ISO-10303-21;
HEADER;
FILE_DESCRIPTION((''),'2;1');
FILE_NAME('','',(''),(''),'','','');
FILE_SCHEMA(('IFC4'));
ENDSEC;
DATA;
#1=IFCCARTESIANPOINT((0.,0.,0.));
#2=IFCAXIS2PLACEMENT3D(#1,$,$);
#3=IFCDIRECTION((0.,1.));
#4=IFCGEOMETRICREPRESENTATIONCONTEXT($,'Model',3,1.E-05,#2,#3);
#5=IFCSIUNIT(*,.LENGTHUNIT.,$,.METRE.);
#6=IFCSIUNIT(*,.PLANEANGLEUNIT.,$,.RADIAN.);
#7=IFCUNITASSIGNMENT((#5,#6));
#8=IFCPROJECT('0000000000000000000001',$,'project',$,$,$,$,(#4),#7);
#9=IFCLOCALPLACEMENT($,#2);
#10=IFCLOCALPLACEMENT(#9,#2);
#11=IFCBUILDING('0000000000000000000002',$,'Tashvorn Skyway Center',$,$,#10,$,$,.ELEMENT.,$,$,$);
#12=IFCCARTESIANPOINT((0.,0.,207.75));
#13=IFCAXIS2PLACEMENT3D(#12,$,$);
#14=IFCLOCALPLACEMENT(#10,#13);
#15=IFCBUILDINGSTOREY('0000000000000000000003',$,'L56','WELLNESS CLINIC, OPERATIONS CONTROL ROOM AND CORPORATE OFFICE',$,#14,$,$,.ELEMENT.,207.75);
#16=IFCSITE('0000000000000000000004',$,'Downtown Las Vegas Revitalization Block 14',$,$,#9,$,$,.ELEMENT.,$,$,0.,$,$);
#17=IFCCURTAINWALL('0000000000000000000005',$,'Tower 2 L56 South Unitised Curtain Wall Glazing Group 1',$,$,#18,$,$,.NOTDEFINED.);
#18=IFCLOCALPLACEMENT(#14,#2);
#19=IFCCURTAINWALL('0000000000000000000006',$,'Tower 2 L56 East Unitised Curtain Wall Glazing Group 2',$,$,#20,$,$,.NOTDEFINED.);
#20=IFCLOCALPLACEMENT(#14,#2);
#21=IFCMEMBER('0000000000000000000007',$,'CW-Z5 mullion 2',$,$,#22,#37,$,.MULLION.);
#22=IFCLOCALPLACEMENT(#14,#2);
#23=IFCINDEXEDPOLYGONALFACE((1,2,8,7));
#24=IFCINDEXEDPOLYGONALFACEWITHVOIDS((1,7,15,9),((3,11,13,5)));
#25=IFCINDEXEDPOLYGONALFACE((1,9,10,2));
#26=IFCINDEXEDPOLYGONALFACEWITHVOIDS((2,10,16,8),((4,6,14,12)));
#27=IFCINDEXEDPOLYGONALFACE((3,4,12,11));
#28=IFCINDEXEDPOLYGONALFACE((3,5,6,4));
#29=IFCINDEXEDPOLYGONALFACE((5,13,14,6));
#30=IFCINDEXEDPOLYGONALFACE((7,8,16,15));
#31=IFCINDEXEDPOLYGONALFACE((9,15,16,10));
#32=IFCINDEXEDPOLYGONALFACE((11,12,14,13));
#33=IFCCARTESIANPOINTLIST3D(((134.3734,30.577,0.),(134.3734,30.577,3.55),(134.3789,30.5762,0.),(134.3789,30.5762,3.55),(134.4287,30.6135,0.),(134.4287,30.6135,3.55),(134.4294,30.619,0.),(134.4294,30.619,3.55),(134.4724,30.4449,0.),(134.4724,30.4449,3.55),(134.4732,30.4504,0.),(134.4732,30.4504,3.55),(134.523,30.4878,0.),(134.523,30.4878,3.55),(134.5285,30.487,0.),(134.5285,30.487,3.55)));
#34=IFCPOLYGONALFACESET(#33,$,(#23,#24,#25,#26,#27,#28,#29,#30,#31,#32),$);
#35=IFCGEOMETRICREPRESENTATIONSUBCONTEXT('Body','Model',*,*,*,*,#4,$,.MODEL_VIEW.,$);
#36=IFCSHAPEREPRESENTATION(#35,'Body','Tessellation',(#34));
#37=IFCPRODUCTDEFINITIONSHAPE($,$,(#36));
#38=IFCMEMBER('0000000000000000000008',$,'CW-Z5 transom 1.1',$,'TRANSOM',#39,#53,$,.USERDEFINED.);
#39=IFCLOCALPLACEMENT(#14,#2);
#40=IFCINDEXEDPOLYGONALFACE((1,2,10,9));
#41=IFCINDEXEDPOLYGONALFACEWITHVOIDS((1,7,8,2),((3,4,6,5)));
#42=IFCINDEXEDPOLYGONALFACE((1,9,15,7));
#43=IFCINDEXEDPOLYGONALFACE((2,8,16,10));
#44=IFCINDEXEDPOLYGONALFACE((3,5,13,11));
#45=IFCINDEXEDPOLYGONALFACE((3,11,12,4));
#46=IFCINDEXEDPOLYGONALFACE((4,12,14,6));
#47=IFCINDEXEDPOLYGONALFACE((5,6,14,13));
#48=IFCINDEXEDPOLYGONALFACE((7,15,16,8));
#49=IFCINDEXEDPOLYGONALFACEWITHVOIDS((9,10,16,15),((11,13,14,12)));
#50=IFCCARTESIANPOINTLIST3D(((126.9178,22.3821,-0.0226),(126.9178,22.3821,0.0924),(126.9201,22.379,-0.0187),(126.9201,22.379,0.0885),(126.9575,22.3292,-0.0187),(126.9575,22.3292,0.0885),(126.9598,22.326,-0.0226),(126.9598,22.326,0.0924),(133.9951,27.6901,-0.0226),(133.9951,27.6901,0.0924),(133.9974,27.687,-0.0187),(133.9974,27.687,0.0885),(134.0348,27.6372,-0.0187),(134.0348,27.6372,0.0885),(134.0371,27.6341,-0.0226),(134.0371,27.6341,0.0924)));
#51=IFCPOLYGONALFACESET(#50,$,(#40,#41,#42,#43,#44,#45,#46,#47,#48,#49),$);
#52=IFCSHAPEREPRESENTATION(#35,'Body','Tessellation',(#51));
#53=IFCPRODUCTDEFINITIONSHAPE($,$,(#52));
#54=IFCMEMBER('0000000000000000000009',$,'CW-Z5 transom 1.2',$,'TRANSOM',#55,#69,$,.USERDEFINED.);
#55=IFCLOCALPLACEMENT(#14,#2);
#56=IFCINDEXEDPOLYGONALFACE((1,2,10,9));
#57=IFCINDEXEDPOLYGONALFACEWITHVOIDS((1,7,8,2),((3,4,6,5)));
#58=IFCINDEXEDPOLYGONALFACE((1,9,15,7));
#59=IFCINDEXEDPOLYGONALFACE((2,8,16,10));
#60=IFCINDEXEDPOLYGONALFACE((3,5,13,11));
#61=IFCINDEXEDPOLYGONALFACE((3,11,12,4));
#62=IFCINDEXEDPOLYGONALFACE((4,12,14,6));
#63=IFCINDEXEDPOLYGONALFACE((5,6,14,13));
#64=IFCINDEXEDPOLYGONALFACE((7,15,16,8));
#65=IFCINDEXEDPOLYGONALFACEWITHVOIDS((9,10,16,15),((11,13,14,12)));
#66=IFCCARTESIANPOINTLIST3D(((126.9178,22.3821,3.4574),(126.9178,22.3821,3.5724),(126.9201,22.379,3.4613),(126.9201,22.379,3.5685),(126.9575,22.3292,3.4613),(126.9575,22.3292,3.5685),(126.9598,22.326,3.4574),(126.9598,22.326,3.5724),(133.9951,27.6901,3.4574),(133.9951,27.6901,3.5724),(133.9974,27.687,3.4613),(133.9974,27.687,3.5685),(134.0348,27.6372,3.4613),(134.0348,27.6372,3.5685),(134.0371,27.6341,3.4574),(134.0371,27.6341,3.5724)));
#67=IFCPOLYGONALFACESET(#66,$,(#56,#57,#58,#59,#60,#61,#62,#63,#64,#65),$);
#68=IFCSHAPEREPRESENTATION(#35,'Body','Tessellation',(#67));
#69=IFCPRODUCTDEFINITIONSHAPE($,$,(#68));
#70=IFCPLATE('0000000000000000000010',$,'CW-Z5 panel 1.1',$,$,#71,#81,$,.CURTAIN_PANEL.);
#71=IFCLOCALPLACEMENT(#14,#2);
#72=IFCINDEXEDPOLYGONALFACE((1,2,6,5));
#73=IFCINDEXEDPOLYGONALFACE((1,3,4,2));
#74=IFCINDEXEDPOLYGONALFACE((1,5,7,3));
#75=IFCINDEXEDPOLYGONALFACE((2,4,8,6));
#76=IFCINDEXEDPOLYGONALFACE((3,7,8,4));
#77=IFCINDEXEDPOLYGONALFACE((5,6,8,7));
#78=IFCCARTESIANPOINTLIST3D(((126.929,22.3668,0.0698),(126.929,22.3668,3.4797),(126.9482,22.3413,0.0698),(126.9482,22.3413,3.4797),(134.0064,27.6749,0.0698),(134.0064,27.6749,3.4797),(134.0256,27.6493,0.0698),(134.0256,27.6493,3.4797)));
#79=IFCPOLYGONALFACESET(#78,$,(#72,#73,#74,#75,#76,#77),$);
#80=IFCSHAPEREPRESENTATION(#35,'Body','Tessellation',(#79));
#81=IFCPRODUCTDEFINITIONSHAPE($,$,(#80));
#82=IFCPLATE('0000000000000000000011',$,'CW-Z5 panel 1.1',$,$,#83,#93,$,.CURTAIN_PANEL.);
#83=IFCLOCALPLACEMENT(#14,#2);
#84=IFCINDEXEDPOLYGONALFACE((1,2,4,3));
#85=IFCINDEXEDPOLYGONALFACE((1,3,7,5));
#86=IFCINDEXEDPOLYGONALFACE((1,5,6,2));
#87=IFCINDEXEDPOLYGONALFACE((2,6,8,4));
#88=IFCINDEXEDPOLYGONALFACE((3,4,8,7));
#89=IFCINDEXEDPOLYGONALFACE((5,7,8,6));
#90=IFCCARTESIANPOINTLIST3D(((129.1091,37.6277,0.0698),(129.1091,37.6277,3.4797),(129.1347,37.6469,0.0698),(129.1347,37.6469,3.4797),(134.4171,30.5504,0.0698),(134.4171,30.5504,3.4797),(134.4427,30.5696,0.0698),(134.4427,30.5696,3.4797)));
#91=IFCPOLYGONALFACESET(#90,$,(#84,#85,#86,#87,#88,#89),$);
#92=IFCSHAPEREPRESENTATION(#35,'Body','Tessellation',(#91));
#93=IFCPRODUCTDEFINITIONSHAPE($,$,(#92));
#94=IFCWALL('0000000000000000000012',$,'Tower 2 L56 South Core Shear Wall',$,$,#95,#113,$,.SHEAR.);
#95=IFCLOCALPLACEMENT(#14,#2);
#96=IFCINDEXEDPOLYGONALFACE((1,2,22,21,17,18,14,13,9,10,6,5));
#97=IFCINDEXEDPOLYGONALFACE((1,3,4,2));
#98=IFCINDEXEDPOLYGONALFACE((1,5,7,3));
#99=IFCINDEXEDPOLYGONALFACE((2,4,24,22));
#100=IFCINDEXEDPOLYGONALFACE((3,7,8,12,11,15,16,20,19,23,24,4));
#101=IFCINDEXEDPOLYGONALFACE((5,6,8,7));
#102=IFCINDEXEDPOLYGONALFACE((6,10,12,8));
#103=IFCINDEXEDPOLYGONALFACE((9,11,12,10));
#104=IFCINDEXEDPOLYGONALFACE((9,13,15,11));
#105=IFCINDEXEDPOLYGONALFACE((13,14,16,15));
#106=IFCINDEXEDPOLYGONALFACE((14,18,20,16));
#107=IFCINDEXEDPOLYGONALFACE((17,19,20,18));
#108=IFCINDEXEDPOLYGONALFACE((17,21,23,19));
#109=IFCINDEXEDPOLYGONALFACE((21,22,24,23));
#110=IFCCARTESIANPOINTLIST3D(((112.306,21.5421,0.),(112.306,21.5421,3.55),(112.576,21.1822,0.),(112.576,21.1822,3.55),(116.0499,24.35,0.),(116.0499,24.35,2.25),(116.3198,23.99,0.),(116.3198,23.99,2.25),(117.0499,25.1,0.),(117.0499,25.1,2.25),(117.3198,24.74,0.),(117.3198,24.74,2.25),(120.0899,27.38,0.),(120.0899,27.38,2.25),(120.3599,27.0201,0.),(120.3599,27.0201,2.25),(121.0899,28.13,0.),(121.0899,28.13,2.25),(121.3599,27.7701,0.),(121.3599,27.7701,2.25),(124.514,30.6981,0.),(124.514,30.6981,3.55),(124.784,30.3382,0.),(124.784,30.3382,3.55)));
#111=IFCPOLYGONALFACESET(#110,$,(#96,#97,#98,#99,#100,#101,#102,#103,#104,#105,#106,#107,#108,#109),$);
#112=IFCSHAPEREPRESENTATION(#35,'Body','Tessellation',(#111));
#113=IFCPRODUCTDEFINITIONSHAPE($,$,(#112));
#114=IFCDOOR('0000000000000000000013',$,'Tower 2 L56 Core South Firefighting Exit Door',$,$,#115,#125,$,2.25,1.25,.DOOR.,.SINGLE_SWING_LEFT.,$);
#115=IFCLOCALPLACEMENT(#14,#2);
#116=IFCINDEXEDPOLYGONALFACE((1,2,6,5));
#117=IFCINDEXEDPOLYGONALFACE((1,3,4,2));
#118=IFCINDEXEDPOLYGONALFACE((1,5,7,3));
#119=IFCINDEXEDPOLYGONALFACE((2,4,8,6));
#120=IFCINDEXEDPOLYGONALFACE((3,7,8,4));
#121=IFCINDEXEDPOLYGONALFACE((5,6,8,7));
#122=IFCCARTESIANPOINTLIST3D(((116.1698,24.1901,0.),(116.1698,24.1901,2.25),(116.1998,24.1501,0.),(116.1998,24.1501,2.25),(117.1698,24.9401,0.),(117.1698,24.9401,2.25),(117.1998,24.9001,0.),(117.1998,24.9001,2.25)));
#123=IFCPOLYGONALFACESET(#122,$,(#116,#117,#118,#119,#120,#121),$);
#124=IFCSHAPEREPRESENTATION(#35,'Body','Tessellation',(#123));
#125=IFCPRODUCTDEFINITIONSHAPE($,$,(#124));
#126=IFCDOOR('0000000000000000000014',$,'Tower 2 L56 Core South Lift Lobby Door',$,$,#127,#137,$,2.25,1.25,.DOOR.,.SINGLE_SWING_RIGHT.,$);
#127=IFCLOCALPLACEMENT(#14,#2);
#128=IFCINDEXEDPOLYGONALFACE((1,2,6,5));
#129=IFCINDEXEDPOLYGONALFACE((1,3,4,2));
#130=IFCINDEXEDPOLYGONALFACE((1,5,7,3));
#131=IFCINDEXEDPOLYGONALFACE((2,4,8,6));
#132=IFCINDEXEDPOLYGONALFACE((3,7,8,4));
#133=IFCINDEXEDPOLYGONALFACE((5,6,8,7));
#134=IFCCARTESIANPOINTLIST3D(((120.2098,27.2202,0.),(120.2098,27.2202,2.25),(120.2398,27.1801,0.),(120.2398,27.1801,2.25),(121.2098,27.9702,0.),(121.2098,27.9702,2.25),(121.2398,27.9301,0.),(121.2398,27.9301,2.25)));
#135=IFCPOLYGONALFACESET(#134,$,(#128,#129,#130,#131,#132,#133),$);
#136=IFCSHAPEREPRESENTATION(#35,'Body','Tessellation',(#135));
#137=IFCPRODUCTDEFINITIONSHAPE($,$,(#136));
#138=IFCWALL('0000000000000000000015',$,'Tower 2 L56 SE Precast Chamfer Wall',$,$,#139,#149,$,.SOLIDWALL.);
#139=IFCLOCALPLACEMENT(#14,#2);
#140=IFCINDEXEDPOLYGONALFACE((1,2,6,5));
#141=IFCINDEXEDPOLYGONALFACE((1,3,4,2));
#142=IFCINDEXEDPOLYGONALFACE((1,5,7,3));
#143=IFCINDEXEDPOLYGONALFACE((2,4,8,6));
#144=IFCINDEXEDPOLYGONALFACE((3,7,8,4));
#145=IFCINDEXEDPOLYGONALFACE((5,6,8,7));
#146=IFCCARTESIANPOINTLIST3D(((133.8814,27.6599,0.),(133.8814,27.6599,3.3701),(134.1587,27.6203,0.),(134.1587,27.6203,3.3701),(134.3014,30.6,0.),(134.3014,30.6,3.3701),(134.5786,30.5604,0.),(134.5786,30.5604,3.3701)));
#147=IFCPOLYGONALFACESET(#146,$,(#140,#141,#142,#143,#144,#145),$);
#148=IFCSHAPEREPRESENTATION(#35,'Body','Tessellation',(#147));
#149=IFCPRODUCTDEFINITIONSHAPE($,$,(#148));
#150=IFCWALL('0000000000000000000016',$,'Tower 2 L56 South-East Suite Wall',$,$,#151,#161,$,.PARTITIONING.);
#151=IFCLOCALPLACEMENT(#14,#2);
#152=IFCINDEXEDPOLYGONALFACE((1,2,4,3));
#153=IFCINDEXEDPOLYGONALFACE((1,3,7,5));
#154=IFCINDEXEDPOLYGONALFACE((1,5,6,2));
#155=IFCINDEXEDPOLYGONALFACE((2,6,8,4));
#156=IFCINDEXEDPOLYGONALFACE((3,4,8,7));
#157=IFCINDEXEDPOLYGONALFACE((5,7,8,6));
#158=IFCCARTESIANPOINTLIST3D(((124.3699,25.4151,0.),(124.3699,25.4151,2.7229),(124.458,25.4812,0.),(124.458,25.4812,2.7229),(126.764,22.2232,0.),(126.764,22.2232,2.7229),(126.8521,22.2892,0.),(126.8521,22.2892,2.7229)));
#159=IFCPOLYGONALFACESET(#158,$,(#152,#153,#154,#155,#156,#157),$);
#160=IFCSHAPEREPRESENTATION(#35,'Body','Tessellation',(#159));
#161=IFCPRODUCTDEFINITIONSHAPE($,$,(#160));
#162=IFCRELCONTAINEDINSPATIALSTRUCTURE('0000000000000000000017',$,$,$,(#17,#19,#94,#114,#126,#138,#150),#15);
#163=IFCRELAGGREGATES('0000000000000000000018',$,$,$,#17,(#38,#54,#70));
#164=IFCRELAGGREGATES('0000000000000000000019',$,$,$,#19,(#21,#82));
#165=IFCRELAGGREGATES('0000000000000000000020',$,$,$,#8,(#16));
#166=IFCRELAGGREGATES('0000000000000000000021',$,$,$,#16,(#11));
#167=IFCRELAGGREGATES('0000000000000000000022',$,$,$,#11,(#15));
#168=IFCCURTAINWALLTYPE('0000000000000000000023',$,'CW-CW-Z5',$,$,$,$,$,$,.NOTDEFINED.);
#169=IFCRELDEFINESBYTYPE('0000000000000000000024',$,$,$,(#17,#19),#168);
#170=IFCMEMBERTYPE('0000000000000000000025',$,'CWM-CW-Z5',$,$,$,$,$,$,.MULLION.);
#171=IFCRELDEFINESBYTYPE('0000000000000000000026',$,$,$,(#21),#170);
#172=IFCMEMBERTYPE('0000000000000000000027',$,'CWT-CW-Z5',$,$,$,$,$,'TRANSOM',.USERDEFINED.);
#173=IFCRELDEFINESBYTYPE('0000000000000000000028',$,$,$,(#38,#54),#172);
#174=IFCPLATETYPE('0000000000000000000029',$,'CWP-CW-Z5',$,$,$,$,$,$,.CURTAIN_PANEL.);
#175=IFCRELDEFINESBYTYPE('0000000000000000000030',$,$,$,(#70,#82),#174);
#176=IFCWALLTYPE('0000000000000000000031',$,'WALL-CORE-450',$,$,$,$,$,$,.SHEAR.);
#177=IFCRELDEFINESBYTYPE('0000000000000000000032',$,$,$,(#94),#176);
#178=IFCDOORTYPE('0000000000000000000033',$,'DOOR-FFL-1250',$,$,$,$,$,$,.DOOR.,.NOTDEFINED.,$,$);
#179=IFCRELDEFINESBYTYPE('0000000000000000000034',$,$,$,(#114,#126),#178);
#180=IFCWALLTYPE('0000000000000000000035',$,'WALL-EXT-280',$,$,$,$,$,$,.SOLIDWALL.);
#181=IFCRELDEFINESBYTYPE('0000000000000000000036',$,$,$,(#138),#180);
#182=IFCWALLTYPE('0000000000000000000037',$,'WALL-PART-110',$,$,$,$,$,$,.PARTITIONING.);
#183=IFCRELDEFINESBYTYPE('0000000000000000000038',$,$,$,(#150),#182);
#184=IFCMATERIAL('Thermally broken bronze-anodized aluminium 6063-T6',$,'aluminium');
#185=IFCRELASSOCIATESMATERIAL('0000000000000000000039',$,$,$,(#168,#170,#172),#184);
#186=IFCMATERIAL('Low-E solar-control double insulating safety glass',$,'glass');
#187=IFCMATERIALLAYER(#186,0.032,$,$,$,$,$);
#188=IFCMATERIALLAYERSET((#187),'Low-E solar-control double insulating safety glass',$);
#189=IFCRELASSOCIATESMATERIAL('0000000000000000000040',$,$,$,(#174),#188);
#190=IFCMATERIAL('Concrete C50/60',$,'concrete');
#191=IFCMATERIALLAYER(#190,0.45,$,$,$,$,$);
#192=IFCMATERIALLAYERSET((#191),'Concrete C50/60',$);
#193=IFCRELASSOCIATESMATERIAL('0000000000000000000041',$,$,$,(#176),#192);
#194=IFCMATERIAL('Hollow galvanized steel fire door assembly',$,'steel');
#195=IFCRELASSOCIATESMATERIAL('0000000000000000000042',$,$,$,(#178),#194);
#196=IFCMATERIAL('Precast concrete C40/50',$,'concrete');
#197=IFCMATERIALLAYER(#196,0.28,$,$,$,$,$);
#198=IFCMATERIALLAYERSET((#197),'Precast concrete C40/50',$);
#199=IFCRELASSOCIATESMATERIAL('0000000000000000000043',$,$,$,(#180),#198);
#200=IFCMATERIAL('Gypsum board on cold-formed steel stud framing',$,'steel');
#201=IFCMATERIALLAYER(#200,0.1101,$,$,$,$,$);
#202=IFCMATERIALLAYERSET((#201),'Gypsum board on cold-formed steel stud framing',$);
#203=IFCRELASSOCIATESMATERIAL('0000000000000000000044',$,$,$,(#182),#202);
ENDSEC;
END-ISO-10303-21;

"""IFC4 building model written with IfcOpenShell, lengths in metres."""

from ifc_helpers import new_model, si_unit, direction, frame, frame_2d, origin, origin_2d, place, context, subcontext, project, spatial, rectangle, hollow_rectangle, extrude, material, layer, layer_set, material_profile, profile_set, type_object, element, fill, aggregate, save


model = new_model("IFC4")

# Units and contexts
model_context = context("Model", 3, precision=1e-05, world=origin(), true_north=direction((0.0, 1.0)))
body_context = subcontext(model_context, "Body", "Model", "MODEL_VIEW")
ifc_project = project(units=[si_unit("LENGTHUNIT", "METRE"), si_unit("PLANEANGLEUNIT", "RADIAN")], contexts=[model_context])

# Site, building, storey
site_placement = place(None, origin())
site = spatial("IfcSite", under=ifc_project, at=site_placement, Name="Downtown Las Vegas Revitalization Block 14", CompositionType="ELEMENT", RefElevation=0.0)
building_placement = place(site_placement, origin())
building = spatial("IfcBuilding", under=site, at=building_placement, Name="Tashvorn Skyway Center", CompositionType="ELEMENT")
storey_placement = place(building_placement, frame((0.0, 0.0, 207.75)))
storey = spatial("IfcBuildingStorey", under=building, at=storey_placement, Name="L56", Description="WELLNESS CLINIC, OPERATIONS CONTROL ROOM AND CORPORATE OFFICE", CompositionType="ELEMENT", Elevation=207.75)

# Curtain wall
ifc_material_1 = material(Name="Thermally broken bronze-anodized aluminium 6063-T6", Category="aluminium")
curtain_wall_type = type_object("IfcCurtainWallType", Name="CW-CW-Z5", PredefinedType="NOTDEFINED", material=ifc_material_1)
curtain_wall_1_placement = place(storey_placement, origin())
curtain_wall_1 = element("IfcCurtainWall", 1, at=curtain_wall_1_placement, inside=storey, type_object=curtain_wall_type, Name="Tower 2 L56 South Unitised Curtain Wall Glazing Group 1", PredefinedType="NOTDEFINED")
ifc_material_profile_1 = material_profile(ifc_material_1, hollow_rectangle(XDim=0.0701, YDim=0.165, WallThickness=0.0039, at=origin_2d()), Name="ALU-MULL-70x165")
ifc_profile_set_1 = profile_set([ifc_material_profile_1], Name="Thermally broken bronze-anodized aluminium 6063-T6")
member_type_1 = type_object("IfcMemberType", Name="CWM-CW-Z5", PredefinedType="MULLION", material=ifc_profile_set_1)

# Curtain wall, member
curtain_wall_2_placement = place(storey_placement, origin())
curtain_wall_2 = element("IfcCurtainWall", 2, at=curtain_wall_2_placement, inside=storey, type_object=curtain_wall_type, Name="Tower 2 L56 East Unitised Curtain Wall Glazing Group 2", PredefinedType="NOTDEFINED")
member_1_placement = place(storey_placement, frame((134.4509, 30.532, 0.0), z_axis=(0.0, 0.0, 1.0), x_axis=(0.799999, 0.600002, 0.0)))
member_1 = element("IfcMember", 3, at=member_1_placement, type_object=member_type_1, Name="CW-Z5 mullion 2", PredefinedType="MULLION", context=body_context, shape_type="SweptSolid", body=[
    extrude(hollow_rectangle(XDim=0.0701, YDim=0.165, WallThickness=0.0039, at=origin_2d()), origin(), (0.0, 0.0, 1.0), 3.55),
])

# Members
ifc_material_profile_2 = material_profile(ifc_material_1, hollow_rectangle(XDim=0.0701, YDim=0.115, WallThickness=0.0039, at=origin_2d()), Name="ALU-TRAN-70x115")
ifc_profile_set_2 = profile_set([ifc_material_profile_2], Name="Thermally broken bronze-anodized aluminium 6063-T6")
member_type_2 = type_object("IfcMemberType", Name="CWT-CW-Z5", ElementType="TRANSOM", PredefinedType="USERDEFINED", material=ifc_profile_set_2)
member_2_placement = place(storey_placement, frame((134.0161, 27.6621, 0.0349), z_axis=(-0.799997, -0.600004, 0.0), x_axis=(0.600004, -0.799997, 0.0)))
member_2 = element("IfcMember", 4, at=member_2_placement, type_object=member_type_2, Name="CW-Z5 transom 1.1", ObjectType="TRANSOM", PredefinedType="USERDEFINED", context=body_context, shape_type="SweptSolid", body=[
    extrude(hollow_rectangle(XDim=0.0701, YDim=0.115, WallThickness=0.0039, at=origin_2d()), origin(), (0.0, 0.0, 1.0), 8.8467),
])
member_3_placement = place(storey_placement, frame((134.0161, 27.6621, 3.5149), z_axis=(-0.799997, -0.600004, 0.0), x_axis=(0.600004, -0.799997, 0.0)))
member_3 = element("IfcMember", 5, at=member_3_placement, type_object=member_type_2, Name="CW-Z5 transom 1.2", ObjectType="TRANSOM", PredefinedType="USERDEFINED", context=body_context, shape_type="SweptSolid", body=[
    extrude(hollow_rectangle(XDim=0.0701, YDim=0.115, WallThickness=0.0039, at=origin_2d()), origin(), (0.0, 0.0, 1.0), 8.8467),
])

# Plates
ifc_material_2 = material(Name="Low-E solar-control double insulating safety glass", Category="glass")
ifc_layer_1 = layer(ifc_material_2, 0.032)
ifc_layer_set_1 = layer_set([ifc_layer_1], Name="Low-E solar-control double insulating safety glass")
plate_type = type_object("IfcPlateType", Name="CWP-CW-Z5", PredefinedType="CURTAIN_PANEL", material=ifc_layer_set_1)
plate_1_placement = place(storey_placement, frame((130.4773, 25.0081, 0.0698), z_axis=(0.0, 0.0, 1.0), x_axis=(-0.799999, -0.600002, 0.0)))
plate_1 = element("IfcPlate", 6, at=plate_1_placement, type_object=plate_type, Name="CW-Z5 panel 1.1", PredefinedType="CURTAIN_PANEL", context=body_context, shape_type="SweptSolid", body=[
    extrude(rectangle(XDim=8.8467, YDim=0.032, at=origin_2d()), origin(), (0.0, 0.0, 1.0), 3.4099),
])
aggregate(curtain_wall_1, [member_2, member_3, plate_1])
plate_2_placement = place(storey_placement, frame((131.7759, 34.0986, 0.0698), z_axis=(0.0, 0.0, 1.0), x_axis=(0.600002, -0.799999, 0.0)))
plate_2 = element("IfcPlate", 7, at=plate_2_placement, type_object=plate_type, Name="CW-Z5 panel 1.1", PredefinedType="CURTAIN_PANEL", context=body_context, shape_type="SweptSolid", body=[
    extrude(rectangle(XDim=8.8467, YDim=0.032, at=origin_2d()), origin(), (0.0, 0.0, 1.0), 3.4099),
])
aggregate(curtain_wall_2, [member_1, plate_2])

# Wall, openings, doors
ifc_material_3 = material(Name="Concrete C50/60", Category="concrete")
ifc_layer_2 = layer(ifc_material_3, 0.45)
ifc_layer_set_2 = layer_set([ifc_layer_2], Name="Concrete C50/60")
wall_type_1 = type_object("IfcWallType", Name="WALL-CORE-450", PredefinedType="SHEAR", material=ifc_layer_set_2)
wall_1_placement = place(storey_placement, frame((124.6489, 30.5181, 0.0), z_axis=(0.0, 0.0, 1.0), x_axis=(-0.8, -0.6, 0.0)))
wall_1 = element("IfcWall", 8, at=wall_1_placement, inside=storey, type_object=wall_type_1, Name="Tower 2 L56 South Core Shear Wall", PredefinedType="SHEAR", context=body_context, shape_type="SweptSolid", body=[
    extrude(rectangle(XDim=15.26, YDim=0.45, at=frame_2d((7.6299, 0.0))), origin(), (0.0, 0.0, 1.0), 3.55),
])
opening_1_placement = place(wall_1_placement, frame((9.3301, 0.0, 0.0)))
opening_1 = element("IfcOpeningElement", 9, at=opening_1_placement, cuts=wall_1, PredefinedType="OPENING", context=body_context, shape_type="SweptSolid", body=[
    extrude(rectangle(XDim=1.25, YDim=2.25, at=frame_2d((0.625, 1.125))), frame((0.0, 0.2349, 0.0), z_axis=(0.0, -1.0, 0.0), x_axis=(1.0, 0.0, 0.0)), (0.0, 0.0, 1.0), 0.47),
])
opening_2_placement = place(wall_1_placement, frame((4.28, 0.0, 0.0)))
opening_2 = element("IfcOpeningElement", 10, at=opening_2_placement, cuts=wall_1, PredefinedType="OPENING", context=body_context, shape_type="SweptSolid", body=[
    extrude(rectangle(XDim=1.25, YDim=2.25, at=frame_2d((0.625, 1.125))), frame((0.0, 0.2349, 0.0), z_axis=(0.0, -1.0, 0.0), x_axis=(1.0, 0.0, 0.0)), (0.0, 0.0, 1.0), 0.47),
])
ifc_material_4 = material(Name="Hollow galvanized steel fire door assembly", Category="steel")
door_type_1 = type_object("IfcDoorType", Name="DOOR-FFL-1250", OperationType="NOTDEFINED", PredefinedType="DOOR", material=ifc_material_4)
door_1_placement = place(opening_1_placement, origin())
door_1 = element("IfcDoor", 11, at=door_1_placement, inside=storey, type_object=door_type_1, Name="Tower 2 L56 Core South Firefighting Exit Door", OperationType="SINGLE_SWING_LEFT", OverallHeight=2.25, OverallWidth=1.25, PredefinedType="DOOR", context=body_context, shape_type="SweptSolid", body=[
    extrude(rectangle(XDim=1.25, YDim=2.25, at=frame_2d((0.625, 1.125))), frame((0.0, 0.0249, 0.0), z_axis=(0.0, -1.0, 0.0), x_axis=(1.0, 0.0, 0.0)), (0.0, 0.0, 1.0), 0.05),
])
fill(opening_1, door_1)
door_2_placement = place(opening_2_placement, origin())
door_2 = element("IfcDoor", 12, at=door_2_placement, inside=storey, type_object=door_type_1, Name="Tower 2 L56 Core South Lift Lobby Door", OperationType="SINGLE_SWING_RIGHT", OverallHeight=2.25, OverallWidth=1.25, PredefinedType="DOOR", context=body_context, shape_type="SweptSolid", body=[
    extrude(rectangle(XDim=1.25, YDim=2.25, at=frame_2d((0.625, 1.125))), frame((0.0, 0.0249, 0.0), z_axis=(0.0, -1.0, 0.0), x_axis=(1.0, 0.0, 0.0)), (0.0, 0.0, 1.0), 0.05),
])
fill(opening_2, door_2)

# Walls
ifc_material_5 = material(Name="Precast concrete C40/50", Category="concrete")
ifc_layer_3 = layer(ifc_material_5, 0.28)
ifc_layer_set_3 = layer_set([ifc_layer_3], Name="Precast concrete C40/50")
wall_type_2 = type_object("IfcWallType", Name="WALL-EXT-280", PredefinedType="SOLIDWALL", material=ifc_layer_set_3)
wall_2_placement = place(storey_placement, frame((134.4399, 30.5801, 0.0), z_axis=(0.0, 0.0, 1.0), x_axis=(-0.141387, -0.989954, 0.0)))
element("IfcWall", 13, at=wall_2_placement, inside=storey, type_object=wall_type_2, Name="Tower 2 L56 SE Precast Chamfer Wall", PredefinedType="SOLIDWALL", context=body_context, shape_type="SweptSolid", body=[
    extrude(rectangle(XDim=2.97, YDim=0.28, at=frame_2d((1.4849, 0.0))), origin(), (0.0, 0.0, 1.0), 3.3701),
])
ifc_material_6 = material(Name="Gypsum board on cold-formed steel stud framing", Category="steel")
ifc_layer_4 = layer(ifc_material_6, 0.1101)
ifc_layer_set_4 = layer_set([ifc_layer_4], Name="Gypsum board on cold-formed steel stud framing")
wall_type_3 = type_object("IfcWallType", Name="WALL-PART-110", PredefinedType="PARTITIONING", material=ifc_layer_set_4)
wall_3_placement = place(storey_placement, frame((126.8081, 22.2561, 0.0), z_axis=(0.0, 0.0, 1.0), x_axis=(-0.60002, 0.799985, 0.0)))
element("IfcWall", 14, at=wall_3_placement, inside=storey, type_object=wall_type_3, Name="Tower 2 L56 South-East Suite Wall", PredefinedType="PARTITIONING", context=body_context, shape_type="SweptSolid", body=[
    extrude(rectangle(XDim=3.99, YDim=0.1101, at=frame_2d((1.9951, 0.0))), origin(), (0.0, 0.0, 1.0), 2.7229),
])

save(model, "model.ifc")
